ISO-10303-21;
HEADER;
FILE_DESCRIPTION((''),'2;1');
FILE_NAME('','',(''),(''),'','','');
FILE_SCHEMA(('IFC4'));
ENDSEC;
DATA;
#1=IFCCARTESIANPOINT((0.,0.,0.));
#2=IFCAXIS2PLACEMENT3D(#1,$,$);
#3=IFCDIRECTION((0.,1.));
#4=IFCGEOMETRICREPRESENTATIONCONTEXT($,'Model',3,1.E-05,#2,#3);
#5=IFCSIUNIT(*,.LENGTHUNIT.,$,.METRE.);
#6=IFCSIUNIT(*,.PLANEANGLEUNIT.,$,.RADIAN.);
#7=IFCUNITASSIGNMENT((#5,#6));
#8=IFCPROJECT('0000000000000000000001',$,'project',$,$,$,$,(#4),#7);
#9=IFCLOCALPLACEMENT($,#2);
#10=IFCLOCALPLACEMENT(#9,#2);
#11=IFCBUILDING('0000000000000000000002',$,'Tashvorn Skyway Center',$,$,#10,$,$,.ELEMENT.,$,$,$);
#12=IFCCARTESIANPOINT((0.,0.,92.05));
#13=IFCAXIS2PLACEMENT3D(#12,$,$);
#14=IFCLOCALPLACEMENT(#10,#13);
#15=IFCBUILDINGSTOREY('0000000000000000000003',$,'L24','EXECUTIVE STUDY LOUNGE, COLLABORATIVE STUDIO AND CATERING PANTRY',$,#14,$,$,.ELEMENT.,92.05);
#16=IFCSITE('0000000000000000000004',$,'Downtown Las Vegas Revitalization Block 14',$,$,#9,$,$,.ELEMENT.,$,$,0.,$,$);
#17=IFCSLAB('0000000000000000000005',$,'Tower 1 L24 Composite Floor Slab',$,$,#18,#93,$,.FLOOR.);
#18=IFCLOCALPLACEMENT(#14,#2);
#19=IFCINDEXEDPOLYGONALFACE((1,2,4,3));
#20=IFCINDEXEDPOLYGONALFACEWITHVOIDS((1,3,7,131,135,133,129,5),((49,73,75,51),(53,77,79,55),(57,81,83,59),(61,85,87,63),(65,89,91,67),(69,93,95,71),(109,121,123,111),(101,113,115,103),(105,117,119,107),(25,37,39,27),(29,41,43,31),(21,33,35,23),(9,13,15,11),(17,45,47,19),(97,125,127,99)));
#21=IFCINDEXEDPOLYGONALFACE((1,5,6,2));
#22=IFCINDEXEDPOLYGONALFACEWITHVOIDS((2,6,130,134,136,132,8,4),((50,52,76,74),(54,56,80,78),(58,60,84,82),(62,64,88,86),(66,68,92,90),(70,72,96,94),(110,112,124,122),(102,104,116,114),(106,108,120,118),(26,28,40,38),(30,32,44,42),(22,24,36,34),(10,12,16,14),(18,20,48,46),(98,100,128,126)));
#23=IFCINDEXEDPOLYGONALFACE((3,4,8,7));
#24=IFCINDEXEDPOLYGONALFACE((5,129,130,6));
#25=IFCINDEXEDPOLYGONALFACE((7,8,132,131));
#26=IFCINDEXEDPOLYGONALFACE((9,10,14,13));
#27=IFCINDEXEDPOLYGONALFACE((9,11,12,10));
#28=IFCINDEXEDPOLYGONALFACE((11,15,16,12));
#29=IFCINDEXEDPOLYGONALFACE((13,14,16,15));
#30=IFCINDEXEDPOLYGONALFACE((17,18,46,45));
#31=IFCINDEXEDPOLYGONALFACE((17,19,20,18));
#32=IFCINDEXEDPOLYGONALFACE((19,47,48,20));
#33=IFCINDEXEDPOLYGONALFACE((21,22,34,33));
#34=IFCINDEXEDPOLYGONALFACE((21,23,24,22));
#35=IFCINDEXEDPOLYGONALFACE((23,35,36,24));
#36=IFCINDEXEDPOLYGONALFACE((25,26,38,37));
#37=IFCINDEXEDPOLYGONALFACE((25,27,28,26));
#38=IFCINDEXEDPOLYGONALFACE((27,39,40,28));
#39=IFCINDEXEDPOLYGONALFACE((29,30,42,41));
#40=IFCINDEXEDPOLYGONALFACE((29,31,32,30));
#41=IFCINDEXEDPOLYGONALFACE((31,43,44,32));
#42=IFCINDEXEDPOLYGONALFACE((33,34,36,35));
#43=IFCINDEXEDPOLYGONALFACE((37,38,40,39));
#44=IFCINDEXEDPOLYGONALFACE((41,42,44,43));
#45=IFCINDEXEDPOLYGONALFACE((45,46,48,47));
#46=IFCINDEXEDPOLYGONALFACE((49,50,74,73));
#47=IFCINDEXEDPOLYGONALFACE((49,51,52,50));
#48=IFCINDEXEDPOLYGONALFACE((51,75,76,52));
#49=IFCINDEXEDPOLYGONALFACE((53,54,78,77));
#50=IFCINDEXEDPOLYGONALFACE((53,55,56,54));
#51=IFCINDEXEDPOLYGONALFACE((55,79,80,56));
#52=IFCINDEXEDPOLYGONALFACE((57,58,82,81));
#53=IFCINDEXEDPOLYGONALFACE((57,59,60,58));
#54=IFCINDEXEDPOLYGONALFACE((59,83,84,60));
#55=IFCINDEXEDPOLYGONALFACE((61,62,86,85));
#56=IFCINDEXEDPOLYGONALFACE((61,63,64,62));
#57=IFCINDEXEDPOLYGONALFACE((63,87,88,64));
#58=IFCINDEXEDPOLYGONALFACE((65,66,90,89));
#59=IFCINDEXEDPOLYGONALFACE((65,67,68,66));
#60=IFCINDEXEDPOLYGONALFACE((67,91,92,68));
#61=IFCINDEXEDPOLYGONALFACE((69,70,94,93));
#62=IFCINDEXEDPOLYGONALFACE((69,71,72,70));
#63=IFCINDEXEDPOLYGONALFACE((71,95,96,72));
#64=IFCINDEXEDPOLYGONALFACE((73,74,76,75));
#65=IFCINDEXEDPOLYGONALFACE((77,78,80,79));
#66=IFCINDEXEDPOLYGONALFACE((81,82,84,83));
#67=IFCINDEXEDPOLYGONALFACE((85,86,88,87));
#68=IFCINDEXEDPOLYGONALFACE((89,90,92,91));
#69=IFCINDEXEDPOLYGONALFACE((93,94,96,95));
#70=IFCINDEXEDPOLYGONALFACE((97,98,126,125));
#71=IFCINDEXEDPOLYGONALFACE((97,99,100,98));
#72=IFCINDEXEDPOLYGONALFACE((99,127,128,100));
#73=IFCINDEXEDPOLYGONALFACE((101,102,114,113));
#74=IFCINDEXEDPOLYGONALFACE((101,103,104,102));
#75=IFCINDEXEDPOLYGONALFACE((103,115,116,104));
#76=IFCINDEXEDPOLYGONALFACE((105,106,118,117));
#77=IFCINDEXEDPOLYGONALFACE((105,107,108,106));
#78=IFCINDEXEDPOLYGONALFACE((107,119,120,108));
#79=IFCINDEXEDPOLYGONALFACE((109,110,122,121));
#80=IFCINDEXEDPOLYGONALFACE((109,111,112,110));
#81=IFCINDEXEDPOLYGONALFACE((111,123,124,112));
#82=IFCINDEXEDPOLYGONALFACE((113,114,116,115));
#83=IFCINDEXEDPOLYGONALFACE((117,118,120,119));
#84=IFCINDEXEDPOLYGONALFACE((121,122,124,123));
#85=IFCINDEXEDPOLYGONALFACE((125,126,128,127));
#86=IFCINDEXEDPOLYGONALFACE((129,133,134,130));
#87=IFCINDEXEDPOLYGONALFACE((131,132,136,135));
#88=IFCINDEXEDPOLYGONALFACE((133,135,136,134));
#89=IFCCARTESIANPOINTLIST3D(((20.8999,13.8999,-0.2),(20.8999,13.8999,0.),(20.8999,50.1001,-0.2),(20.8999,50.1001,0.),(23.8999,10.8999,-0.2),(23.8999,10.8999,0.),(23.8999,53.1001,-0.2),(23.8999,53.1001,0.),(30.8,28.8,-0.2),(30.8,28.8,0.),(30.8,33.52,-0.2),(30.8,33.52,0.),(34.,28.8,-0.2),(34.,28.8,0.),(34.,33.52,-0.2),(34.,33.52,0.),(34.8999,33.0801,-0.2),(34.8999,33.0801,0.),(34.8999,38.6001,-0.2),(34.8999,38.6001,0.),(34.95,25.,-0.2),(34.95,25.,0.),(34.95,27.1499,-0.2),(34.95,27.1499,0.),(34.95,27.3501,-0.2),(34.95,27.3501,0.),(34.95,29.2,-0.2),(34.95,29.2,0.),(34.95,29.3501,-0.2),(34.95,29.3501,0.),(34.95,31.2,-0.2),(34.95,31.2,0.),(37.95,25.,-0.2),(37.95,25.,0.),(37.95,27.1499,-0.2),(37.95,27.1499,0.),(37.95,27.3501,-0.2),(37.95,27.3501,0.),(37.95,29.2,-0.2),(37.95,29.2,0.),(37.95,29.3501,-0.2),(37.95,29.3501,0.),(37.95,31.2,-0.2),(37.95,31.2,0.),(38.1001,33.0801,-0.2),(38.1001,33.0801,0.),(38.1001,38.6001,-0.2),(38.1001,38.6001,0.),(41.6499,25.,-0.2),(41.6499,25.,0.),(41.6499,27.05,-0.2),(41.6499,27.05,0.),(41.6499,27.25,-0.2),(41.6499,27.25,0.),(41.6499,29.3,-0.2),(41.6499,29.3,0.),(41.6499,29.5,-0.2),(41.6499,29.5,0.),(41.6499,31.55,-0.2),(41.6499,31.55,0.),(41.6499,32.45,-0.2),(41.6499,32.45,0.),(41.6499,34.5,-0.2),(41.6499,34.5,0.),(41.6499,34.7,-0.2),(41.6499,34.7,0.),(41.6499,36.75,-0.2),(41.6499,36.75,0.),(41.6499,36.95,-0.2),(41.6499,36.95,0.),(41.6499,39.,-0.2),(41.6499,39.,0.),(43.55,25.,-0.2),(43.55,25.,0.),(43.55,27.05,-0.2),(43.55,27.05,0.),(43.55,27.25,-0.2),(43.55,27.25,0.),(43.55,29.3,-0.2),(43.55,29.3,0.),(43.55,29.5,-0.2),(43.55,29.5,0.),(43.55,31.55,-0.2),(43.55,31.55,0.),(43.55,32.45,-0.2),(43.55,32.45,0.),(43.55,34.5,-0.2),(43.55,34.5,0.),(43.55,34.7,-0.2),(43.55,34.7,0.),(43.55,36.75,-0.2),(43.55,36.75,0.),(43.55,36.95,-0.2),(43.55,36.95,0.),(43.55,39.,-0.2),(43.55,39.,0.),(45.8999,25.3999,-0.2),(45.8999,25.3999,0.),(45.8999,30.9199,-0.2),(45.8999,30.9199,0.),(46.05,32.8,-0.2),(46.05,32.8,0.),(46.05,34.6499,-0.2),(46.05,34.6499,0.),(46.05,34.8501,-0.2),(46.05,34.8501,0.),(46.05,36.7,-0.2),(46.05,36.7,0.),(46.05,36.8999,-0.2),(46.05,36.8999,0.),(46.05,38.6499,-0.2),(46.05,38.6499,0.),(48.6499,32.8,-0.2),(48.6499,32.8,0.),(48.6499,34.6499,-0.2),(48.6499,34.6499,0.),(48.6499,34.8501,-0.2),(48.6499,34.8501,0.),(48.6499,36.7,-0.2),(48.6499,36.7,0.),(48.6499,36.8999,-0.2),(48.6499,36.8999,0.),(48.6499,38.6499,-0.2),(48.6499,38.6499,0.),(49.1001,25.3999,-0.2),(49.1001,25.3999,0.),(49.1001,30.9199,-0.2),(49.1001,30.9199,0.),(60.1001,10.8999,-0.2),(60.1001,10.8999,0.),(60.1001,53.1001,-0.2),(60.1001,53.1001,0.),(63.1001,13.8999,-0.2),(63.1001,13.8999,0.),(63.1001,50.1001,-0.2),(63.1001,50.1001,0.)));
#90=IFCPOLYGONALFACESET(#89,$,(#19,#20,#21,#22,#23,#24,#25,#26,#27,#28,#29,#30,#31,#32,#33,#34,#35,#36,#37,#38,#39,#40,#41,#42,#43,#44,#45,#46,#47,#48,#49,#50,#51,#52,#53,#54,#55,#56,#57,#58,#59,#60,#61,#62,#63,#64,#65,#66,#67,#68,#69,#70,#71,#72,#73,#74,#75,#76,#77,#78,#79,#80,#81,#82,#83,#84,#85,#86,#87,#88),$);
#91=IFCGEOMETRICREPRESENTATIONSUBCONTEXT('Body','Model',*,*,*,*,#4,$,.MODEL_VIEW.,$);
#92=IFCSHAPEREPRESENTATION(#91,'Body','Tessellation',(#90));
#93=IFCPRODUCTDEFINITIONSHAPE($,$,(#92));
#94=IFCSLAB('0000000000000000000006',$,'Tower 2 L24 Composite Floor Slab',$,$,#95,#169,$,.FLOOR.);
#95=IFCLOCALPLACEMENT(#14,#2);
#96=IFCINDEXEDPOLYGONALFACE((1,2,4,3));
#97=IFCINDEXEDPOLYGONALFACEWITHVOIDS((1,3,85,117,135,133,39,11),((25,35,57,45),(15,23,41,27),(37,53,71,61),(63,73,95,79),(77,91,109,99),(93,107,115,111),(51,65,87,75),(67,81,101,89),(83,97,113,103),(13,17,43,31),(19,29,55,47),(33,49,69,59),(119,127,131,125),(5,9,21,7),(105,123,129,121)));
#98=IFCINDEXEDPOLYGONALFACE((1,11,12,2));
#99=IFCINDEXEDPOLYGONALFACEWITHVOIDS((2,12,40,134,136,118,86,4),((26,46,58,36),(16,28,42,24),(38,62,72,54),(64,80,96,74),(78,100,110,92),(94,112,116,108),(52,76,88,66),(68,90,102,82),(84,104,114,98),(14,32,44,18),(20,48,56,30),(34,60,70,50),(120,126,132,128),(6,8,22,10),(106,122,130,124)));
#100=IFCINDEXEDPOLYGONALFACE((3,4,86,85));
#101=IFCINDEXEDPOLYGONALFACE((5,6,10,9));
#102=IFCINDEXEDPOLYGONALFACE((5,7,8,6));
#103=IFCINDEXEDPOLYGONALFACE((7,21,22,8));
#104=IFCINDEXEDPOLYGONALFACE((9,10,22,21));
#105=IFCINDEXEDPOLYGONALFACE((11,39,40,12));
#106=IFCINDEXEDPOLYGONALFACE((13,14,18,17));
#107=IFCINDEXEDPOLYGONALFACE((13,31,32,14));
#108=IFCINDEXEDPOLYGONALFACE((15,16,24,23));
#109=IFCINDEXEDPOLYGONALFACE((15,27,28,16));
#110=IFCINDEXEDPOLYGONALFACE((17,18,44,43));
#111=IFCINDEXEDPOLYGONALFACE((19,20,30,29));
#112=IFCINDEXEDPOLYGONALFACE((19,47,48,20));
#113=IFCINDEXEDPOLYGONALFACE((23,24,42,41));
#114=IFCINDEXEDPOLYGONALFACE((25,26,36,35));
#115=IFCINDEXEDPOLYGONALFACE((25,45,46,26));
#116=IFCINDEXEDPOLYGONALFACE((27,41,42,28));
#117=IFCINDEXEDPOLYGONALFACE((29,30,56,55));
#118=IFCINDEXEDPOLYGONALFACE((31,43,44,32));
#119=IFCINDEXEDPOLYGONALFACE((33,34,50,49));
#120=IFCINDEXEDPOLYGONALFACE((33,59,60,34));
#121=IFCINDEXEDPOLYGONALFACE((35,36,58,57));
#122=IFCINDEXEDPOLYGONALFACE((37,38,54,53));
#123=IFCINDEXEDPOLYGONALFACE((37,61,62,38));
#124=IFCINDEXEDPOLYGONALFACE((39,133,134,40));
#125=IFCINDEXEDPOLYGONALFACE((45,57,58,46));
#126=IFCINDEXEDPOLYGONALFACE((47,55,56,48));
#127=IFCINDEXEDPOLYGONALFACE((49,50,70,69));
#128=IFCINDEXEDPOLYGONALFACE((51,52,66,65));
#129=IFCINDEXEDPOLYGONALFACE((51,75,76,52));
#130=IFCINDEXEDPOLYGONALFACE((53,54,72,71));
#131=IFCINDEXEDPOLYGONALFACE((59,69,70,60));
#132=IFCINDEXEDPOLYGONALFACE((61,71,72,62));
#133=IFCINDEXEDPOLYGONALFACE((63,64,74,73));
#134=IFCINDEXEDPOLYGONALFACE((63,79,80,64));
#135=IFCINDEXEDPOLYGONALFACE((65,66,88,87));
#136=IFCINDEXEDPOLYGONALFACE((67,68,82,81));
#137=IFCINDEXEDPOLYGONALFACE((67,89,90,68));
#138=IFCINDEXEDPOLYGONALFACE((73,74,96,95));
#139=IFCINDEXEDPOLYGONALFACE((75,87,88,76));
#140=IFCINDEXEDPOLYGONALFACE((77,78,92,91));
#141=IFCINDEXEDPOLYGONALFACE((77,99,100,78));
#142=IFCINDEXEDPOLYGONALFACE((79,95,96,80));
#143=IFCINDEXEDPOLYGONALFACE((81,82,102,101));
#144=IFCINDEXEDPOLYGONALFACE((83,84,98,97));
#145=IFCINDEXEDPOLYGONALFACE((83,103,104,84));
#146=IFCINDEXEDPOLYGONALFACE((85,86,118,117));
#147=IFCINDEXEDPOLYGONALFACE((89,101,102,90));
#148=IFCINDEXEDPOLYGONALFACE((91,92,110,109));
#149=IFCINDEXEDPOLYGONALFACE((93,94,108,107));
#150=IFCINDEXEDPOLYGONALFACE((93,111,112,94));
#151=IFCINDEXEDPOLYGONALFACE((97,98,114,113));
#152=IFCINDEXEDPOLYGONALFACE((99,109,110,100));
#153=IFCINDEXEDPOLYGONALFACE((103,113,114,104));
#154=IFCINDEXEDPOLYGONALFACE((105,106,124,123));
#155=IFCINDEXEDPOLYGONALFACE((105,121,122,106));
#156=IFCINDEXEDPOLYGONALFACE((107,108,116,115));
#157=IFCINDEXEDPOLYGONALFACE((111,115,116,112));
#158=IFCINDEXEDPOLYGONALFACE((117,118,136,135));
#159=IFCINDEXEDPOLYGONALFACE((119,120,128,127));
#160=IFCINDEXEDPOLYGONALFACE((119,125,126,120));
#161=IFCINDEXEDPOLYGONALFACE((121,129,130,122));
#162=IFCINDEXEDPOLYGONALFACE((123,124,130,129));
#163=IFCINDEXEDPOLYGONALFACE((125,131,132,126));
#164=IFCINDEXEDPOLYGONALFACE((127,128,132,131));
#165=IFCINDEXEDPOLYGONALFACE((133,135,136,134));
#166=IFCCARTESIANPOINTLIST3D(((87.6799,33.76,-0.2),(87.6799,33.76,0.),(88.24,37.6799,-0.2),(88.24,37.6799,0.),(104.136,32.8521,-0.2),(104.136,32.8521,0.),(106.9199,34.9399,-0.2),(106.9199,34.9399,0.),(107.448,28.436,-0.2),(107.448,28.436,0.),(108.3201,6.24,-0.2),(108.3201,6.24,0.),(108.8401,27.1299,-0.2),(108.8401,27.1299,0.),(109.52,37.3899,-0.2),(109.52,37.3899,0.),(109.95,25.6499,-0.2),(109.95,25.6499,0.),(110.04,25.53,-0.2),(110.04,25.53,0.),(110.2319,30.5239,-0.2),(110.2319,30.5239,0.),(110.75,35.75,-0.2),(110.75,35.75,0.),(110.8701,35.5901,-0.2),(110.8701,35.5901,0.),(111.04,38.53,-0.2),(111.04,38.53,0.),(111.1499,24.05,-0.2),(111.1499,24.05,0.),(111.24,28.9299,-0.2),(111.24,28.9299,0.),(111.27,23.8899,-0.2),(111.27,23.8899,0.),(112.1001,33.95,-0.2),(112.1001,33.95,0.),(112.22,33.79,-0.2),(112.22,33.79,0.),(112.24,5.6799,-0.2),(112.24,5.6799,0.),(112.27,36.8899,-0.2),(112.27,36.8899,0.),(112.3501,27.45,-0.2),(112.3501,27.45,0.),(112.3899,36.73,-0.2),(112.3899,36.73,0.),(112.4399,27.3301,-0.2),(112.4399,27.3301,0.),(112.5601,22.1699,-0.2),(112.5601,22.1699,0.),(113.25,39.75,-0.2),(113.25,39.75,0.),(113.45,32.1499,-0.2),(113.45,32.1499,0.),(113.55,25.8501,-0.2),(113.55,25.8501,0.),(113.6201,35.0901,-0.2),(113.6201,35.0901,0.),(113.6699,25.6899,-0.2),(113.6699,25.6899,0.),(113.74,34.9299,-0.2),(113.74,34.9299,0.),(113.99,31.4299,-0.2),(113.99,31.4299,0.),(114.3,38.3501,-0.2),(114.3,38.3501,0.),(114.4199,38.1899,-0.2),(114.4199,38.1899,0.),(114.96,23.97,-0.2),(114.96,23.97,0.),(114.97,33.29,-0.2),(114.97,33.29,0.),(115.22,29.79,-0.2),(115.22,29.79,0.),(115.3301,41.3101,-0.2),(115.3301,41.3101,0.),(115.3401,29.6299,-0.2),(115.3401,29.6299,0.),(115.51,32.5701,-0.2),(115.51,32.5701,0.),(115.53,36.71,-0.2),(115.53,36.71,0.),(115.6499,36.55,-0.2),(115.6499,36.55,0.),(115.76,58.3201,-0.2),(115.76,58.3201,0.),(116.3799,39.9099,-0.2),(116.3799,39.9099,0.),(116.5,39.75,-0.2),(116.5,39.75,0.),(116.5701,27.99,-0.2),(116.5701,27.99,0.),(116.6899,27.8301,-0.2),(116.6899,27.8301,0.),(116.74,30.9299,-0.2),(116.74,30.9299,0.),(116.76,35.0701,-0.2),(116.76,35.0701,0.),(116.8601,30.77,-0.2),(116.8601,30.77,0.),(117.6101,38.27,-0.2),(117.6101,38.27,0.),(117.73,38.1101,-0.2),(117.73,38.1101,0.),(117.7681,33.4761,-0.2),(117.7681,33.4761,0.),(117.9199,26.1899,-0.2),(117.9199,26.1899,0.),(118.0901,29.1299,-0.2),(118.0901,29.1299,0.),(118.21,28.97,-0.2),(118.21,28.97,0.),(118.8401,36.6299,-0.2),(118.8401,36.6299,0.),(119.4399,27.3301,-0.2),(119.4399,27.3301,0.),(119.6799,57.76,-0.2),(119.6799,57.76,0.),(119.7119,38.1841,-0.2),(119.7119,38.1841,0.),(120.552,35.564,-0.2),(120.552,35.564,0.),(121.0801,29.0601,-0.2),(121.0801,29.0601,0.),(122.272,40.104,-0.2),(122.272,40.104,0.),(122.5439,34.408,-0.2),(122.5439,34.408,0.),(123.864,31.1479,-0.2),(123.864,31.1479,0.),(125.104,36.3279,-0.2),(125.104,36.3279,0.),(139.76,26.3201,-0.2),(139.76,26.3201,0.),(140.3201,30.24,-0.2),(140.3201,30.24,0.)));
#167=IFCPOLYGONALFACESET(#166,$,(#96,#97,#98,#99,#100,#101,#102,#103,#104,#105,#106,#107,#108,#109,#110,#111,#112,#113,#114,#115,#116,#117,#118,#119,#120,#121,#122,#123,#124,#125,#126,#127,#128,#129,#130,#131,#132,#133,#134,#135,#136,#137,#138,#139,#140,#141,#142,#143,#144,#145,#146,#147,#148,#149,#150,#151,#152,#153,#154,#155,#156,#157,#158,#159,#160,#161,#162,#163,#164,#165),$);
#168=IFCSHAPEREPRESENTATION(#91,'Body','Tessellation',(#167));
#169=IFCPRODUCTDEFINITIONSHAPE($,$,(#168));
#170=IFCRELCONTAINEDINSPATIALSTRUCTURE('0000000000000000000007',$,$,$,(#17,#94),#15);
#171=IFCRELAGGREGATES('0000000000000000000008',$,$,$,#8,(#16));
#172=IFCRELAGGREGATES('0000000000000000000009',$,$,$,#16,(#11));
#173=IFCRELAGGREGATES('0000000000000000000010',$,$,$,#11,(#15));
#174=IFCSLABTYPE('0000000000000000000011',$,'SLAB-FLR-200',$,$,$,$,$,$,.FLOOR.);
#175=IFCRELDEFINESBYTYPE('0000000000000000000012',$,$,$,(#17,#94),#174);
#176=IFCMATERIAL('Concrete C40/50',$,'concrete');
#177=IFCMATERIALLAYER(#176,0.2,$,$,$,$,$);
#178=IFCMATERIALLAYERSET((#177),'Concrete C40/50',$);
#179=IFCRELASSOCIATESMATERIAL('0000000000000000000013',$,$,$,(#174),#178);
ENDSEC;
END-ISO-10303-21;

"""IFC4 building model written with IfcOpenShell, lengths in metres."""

from ifc_helpers import new_model, si_unit, direction, frame, origin, place, context, subcontext, project, spatial, polyline, outline, extrude, material, layer, layer_set, type_object, element, save


model = new_model("IFC4")

# Units and contexts
model_context = context("Model", 3, precision=1e-05, world=origin(), true_north=direction((0.0, 1.0)))
body_context = subcontext(model_context, "Body", "Model", "MODEL_VIEW")
ifc_project = project(units=[si_unit("LENGTHUNIT", "METRE"), si_unit("PLANEANGLEUNIT", "RADIAN")], contexts=[model_context])

# Site, building, storey
site_placement = place(None, origin())
site = spatial("IfcSite", under=ifc_project, at=site_placement, Name="Downtown Las Vegas Revitalization Block 14", CompositionType="ELEMENT", RefElevation=0.0)
building_placement = place(site_placement, origin())
building = spatial("IfcBuilding", under=site, at=building_placement, Name="Tashvorn Skyway Center", CompositionType="ELEMENT")
storey_placement = place(building_placement, frame((0.0, 0.0, 92.05)))
storey = spatial("IfcBuildingStorey", under=building, at=storey_placement, Name="L24", Description="EXECUTIVE STUDY LOUNGE, COLLABORATIVE STUDIO AND CATERING PANTRY", CompositionType="ELEMENT", Elevation=92.05)

# Slabs
ifc_material_1 = material(Name="Concrete C40/50", Category="concrete")
ifc_layer_1 = layer(ifc_material_1, 0.2)
ifc_layer_set_1 = layer_set([ifc_layer_1], Name="Concrete C40/50")
slab_type_1 = type_object("IfcSlabType", Name="SLAB-FLR-200", PredefinedType="FLOOR", material=ifc_layer_set_1)
slab_1_placement = place(storey_placement, frame((0.0, 0.0, -0.2)))
element("IfcSlab", 1, at=slab_1_placement, inside=storey, type_object=slab_type_1, Name="Tower 1 L24 Composite Floor Slab", PredefinedType="FLOOR", context=body_context, shape_type="SweptSolid", body=[
    extrude(outline(polyline([(23.8999, 10.8999), (60.1001, 10.8999), (63.1001, 13.8999), (63.1001, 50.1001), (60.1001, 53.1001), (23.8999, 53.1001), (20.8999, 50.1001), (20.8999, 13.8999), (23.8999, 10.8999)]), holes=[polyline([(38.1001, 33.0801), (38.1001, 38.6001), (34.8999, 38.6001), (34.8999, 33.0801), (38.1001, 33.0801)]), polyline([(45.8999, 30.9199), (45.8999, 25.3999), (49.1001, 25.3999), (49.1001, 30.9199), (45.8999, 30.9199)]), polyline([(30.8, 33.52), (30.8, 28.8), (34.0, 28.8), (34.0, 33.52), (30.8, 33.52)]), polyline([(34.95, 29.3501), (37.95, 29.3501), (37.95, 31.2), (34.95, 31.2), (34.95, 29.3501)]), polyline([(34.95, 27.3501), (37.95, 27.3501), (37.95, 29.2), (34.95, 29.2), (34.95, 27.3501)]), polyline([(34.95, 25.0), (37.95, 25.0), (37.95, 27.1499), (34.95, 27.1499), (34.95, 25.0)]), polyline([(41.6499, 25.0), (43.55, 25.0), (43.55, 27.05), (41.6499, 27.05), (41.6499, 25.0)]), polyline([(41.6499, 27.25), (43.55, 27.25), (43.55, 29.3), (41.6499, 29.3), (41.6499, 27.25)]), polyline([(41.6499, 29.5), (43.55, 29.5), (43.55, 31.55), (41.6499, 31.55), (41.6499, 29.5)]), polyline([(41.6499, 32.45), (43.55, 32.45), (43.55, 34.5), (41.6499, 34.5), (41.6499, 32.45)]), polyline([(41.6499, 34.7), (43.55, 34.7), (43.55, 36.75), (41.6499, 36.75), (41.6499, 34.7)]), polyline([(41.6499, 36.95), (43.55, 36.95), (43.55, 39.0), (41.6499, 39.0), (41.6499, 36.95)]), polyline([(46.05, 32.8), (48.6499, 32.8), (48.6499, 34.6499), (46.05, 34.6499), (46.05, 32.8)]), polyline([(46.05, 34.8501), (48.6499, 34.8501), (48.6499, 36.7), (46.05, 36.7), (46.05, 34.8501)]), polyline([(46.05, 36.8999), (48.6499, 36.8999), (48.6499, 38.6499), (46.05, 38.6499), (46.05, 36.8999)])]), origin(), (0.0, 0.0, 1.0), 0.2),
])
slab_2_placement = place(storey_placement, frame((0.0, 0.0, -0.2)))
element("IfcSlab", 2, at=slab_2_placement, inside=storey, type_object=slab_type_1, Name="Tower 2 L24 Composite Floor Slab", PredefinedType="FLOOR", context=body_context, shape_type="SweptSolid", body=[
    extrude(outline(polyline([(112.24, 5.6799), (139.76, 26.3201), (140.3201, 30.24), (119.6799, 57.76), (115.76, 58.3201), (88.24, 37.6799), (87.6799, 33.76), (108.3201, 6.24), (112.24, 5.6799)]), holes=[polyline([(110.2319, 30.5239), (106.9199, 34.9399), (104.136, 32.8521), (107.448, 28.436), (110.2319, 30.5239)]), polyline([(117.7681, 33.4761), (121.0801, 29.0601), (123.864, 31.1479), (120.552, 35.564), (117.7681, 33.4761)]), polyline([(119.7119, 38.1841), (122.5439, 34.408), (125.104, 36.3279), (122.272, 40.104), (119.7119, 38.1841)]), polyline([(109.95, 25.6499), (112.3501, 27.45), (111.24, 28.9299), (108.8401, 27.1299), (109.95, 25.6499)]), polyline([(111.1499, 24.05), (113.55, 25.8501), (112.4399, 27.3301), (110.04, 25.53), (111.1499, 24.05)]), polyline([(112.5601, 22.1699), (114.96, 23.97), (113.6699, 25.6899), (111.27, 23.8899), (112.5601, 22.1699)]), polyline([(117.9199, 26.1899), (119.4399, 27.3301), (118.21, 28.97), (116.6899, 27.8301), (117.9199, 26.1899)]), polyline([(116.5701, 27.99), (118.0901, 29.1299), (116.8601, 30.77), (115.3401, 29.6299), (116.5701, 27.99)]), polyline([(115.22, 29.79), (116.74, 30.9299), (115.51, 32.5701), (113.99, 31.4299), (115.22, 29.79)]), polyline([(113.45, 32.1499), (114.97, 33.29), (113.74, 34.9299), (112.22, 33.79), (113.45, 32.1499)]), polyline([(112.1001, 33.95), (113.6201, 35.0901), (112.3899, 36.73), (110.8701, 35.5901), (112.1001, 33.95)]), polyline([(110.75, 35.75), (112.27, 36.8899), (111.04, 38.53), (109.52, 37.3899), (110.75, 35.75)]), polyline([(116.76, 35.0701), (118.8401, 36.6299), (117.73, 38.1101), (115.6499, 36.55), (116.76, 35.0701)]), polyline([(115.53, 36.71), (117.6101, 38.27), (116.5, 39.75), (114.4199, 38.1899), (115.53, 36.71)]), polyline([(114.3, 38.3501), (116.3799, 39.9099), (115.3301, 41.3101), (113.25, 39.75), (114.3, 38.3501)])]), origin(), (0.0, 0.0, 1.0), 0.2),
])

save(model, "model.ifc")
